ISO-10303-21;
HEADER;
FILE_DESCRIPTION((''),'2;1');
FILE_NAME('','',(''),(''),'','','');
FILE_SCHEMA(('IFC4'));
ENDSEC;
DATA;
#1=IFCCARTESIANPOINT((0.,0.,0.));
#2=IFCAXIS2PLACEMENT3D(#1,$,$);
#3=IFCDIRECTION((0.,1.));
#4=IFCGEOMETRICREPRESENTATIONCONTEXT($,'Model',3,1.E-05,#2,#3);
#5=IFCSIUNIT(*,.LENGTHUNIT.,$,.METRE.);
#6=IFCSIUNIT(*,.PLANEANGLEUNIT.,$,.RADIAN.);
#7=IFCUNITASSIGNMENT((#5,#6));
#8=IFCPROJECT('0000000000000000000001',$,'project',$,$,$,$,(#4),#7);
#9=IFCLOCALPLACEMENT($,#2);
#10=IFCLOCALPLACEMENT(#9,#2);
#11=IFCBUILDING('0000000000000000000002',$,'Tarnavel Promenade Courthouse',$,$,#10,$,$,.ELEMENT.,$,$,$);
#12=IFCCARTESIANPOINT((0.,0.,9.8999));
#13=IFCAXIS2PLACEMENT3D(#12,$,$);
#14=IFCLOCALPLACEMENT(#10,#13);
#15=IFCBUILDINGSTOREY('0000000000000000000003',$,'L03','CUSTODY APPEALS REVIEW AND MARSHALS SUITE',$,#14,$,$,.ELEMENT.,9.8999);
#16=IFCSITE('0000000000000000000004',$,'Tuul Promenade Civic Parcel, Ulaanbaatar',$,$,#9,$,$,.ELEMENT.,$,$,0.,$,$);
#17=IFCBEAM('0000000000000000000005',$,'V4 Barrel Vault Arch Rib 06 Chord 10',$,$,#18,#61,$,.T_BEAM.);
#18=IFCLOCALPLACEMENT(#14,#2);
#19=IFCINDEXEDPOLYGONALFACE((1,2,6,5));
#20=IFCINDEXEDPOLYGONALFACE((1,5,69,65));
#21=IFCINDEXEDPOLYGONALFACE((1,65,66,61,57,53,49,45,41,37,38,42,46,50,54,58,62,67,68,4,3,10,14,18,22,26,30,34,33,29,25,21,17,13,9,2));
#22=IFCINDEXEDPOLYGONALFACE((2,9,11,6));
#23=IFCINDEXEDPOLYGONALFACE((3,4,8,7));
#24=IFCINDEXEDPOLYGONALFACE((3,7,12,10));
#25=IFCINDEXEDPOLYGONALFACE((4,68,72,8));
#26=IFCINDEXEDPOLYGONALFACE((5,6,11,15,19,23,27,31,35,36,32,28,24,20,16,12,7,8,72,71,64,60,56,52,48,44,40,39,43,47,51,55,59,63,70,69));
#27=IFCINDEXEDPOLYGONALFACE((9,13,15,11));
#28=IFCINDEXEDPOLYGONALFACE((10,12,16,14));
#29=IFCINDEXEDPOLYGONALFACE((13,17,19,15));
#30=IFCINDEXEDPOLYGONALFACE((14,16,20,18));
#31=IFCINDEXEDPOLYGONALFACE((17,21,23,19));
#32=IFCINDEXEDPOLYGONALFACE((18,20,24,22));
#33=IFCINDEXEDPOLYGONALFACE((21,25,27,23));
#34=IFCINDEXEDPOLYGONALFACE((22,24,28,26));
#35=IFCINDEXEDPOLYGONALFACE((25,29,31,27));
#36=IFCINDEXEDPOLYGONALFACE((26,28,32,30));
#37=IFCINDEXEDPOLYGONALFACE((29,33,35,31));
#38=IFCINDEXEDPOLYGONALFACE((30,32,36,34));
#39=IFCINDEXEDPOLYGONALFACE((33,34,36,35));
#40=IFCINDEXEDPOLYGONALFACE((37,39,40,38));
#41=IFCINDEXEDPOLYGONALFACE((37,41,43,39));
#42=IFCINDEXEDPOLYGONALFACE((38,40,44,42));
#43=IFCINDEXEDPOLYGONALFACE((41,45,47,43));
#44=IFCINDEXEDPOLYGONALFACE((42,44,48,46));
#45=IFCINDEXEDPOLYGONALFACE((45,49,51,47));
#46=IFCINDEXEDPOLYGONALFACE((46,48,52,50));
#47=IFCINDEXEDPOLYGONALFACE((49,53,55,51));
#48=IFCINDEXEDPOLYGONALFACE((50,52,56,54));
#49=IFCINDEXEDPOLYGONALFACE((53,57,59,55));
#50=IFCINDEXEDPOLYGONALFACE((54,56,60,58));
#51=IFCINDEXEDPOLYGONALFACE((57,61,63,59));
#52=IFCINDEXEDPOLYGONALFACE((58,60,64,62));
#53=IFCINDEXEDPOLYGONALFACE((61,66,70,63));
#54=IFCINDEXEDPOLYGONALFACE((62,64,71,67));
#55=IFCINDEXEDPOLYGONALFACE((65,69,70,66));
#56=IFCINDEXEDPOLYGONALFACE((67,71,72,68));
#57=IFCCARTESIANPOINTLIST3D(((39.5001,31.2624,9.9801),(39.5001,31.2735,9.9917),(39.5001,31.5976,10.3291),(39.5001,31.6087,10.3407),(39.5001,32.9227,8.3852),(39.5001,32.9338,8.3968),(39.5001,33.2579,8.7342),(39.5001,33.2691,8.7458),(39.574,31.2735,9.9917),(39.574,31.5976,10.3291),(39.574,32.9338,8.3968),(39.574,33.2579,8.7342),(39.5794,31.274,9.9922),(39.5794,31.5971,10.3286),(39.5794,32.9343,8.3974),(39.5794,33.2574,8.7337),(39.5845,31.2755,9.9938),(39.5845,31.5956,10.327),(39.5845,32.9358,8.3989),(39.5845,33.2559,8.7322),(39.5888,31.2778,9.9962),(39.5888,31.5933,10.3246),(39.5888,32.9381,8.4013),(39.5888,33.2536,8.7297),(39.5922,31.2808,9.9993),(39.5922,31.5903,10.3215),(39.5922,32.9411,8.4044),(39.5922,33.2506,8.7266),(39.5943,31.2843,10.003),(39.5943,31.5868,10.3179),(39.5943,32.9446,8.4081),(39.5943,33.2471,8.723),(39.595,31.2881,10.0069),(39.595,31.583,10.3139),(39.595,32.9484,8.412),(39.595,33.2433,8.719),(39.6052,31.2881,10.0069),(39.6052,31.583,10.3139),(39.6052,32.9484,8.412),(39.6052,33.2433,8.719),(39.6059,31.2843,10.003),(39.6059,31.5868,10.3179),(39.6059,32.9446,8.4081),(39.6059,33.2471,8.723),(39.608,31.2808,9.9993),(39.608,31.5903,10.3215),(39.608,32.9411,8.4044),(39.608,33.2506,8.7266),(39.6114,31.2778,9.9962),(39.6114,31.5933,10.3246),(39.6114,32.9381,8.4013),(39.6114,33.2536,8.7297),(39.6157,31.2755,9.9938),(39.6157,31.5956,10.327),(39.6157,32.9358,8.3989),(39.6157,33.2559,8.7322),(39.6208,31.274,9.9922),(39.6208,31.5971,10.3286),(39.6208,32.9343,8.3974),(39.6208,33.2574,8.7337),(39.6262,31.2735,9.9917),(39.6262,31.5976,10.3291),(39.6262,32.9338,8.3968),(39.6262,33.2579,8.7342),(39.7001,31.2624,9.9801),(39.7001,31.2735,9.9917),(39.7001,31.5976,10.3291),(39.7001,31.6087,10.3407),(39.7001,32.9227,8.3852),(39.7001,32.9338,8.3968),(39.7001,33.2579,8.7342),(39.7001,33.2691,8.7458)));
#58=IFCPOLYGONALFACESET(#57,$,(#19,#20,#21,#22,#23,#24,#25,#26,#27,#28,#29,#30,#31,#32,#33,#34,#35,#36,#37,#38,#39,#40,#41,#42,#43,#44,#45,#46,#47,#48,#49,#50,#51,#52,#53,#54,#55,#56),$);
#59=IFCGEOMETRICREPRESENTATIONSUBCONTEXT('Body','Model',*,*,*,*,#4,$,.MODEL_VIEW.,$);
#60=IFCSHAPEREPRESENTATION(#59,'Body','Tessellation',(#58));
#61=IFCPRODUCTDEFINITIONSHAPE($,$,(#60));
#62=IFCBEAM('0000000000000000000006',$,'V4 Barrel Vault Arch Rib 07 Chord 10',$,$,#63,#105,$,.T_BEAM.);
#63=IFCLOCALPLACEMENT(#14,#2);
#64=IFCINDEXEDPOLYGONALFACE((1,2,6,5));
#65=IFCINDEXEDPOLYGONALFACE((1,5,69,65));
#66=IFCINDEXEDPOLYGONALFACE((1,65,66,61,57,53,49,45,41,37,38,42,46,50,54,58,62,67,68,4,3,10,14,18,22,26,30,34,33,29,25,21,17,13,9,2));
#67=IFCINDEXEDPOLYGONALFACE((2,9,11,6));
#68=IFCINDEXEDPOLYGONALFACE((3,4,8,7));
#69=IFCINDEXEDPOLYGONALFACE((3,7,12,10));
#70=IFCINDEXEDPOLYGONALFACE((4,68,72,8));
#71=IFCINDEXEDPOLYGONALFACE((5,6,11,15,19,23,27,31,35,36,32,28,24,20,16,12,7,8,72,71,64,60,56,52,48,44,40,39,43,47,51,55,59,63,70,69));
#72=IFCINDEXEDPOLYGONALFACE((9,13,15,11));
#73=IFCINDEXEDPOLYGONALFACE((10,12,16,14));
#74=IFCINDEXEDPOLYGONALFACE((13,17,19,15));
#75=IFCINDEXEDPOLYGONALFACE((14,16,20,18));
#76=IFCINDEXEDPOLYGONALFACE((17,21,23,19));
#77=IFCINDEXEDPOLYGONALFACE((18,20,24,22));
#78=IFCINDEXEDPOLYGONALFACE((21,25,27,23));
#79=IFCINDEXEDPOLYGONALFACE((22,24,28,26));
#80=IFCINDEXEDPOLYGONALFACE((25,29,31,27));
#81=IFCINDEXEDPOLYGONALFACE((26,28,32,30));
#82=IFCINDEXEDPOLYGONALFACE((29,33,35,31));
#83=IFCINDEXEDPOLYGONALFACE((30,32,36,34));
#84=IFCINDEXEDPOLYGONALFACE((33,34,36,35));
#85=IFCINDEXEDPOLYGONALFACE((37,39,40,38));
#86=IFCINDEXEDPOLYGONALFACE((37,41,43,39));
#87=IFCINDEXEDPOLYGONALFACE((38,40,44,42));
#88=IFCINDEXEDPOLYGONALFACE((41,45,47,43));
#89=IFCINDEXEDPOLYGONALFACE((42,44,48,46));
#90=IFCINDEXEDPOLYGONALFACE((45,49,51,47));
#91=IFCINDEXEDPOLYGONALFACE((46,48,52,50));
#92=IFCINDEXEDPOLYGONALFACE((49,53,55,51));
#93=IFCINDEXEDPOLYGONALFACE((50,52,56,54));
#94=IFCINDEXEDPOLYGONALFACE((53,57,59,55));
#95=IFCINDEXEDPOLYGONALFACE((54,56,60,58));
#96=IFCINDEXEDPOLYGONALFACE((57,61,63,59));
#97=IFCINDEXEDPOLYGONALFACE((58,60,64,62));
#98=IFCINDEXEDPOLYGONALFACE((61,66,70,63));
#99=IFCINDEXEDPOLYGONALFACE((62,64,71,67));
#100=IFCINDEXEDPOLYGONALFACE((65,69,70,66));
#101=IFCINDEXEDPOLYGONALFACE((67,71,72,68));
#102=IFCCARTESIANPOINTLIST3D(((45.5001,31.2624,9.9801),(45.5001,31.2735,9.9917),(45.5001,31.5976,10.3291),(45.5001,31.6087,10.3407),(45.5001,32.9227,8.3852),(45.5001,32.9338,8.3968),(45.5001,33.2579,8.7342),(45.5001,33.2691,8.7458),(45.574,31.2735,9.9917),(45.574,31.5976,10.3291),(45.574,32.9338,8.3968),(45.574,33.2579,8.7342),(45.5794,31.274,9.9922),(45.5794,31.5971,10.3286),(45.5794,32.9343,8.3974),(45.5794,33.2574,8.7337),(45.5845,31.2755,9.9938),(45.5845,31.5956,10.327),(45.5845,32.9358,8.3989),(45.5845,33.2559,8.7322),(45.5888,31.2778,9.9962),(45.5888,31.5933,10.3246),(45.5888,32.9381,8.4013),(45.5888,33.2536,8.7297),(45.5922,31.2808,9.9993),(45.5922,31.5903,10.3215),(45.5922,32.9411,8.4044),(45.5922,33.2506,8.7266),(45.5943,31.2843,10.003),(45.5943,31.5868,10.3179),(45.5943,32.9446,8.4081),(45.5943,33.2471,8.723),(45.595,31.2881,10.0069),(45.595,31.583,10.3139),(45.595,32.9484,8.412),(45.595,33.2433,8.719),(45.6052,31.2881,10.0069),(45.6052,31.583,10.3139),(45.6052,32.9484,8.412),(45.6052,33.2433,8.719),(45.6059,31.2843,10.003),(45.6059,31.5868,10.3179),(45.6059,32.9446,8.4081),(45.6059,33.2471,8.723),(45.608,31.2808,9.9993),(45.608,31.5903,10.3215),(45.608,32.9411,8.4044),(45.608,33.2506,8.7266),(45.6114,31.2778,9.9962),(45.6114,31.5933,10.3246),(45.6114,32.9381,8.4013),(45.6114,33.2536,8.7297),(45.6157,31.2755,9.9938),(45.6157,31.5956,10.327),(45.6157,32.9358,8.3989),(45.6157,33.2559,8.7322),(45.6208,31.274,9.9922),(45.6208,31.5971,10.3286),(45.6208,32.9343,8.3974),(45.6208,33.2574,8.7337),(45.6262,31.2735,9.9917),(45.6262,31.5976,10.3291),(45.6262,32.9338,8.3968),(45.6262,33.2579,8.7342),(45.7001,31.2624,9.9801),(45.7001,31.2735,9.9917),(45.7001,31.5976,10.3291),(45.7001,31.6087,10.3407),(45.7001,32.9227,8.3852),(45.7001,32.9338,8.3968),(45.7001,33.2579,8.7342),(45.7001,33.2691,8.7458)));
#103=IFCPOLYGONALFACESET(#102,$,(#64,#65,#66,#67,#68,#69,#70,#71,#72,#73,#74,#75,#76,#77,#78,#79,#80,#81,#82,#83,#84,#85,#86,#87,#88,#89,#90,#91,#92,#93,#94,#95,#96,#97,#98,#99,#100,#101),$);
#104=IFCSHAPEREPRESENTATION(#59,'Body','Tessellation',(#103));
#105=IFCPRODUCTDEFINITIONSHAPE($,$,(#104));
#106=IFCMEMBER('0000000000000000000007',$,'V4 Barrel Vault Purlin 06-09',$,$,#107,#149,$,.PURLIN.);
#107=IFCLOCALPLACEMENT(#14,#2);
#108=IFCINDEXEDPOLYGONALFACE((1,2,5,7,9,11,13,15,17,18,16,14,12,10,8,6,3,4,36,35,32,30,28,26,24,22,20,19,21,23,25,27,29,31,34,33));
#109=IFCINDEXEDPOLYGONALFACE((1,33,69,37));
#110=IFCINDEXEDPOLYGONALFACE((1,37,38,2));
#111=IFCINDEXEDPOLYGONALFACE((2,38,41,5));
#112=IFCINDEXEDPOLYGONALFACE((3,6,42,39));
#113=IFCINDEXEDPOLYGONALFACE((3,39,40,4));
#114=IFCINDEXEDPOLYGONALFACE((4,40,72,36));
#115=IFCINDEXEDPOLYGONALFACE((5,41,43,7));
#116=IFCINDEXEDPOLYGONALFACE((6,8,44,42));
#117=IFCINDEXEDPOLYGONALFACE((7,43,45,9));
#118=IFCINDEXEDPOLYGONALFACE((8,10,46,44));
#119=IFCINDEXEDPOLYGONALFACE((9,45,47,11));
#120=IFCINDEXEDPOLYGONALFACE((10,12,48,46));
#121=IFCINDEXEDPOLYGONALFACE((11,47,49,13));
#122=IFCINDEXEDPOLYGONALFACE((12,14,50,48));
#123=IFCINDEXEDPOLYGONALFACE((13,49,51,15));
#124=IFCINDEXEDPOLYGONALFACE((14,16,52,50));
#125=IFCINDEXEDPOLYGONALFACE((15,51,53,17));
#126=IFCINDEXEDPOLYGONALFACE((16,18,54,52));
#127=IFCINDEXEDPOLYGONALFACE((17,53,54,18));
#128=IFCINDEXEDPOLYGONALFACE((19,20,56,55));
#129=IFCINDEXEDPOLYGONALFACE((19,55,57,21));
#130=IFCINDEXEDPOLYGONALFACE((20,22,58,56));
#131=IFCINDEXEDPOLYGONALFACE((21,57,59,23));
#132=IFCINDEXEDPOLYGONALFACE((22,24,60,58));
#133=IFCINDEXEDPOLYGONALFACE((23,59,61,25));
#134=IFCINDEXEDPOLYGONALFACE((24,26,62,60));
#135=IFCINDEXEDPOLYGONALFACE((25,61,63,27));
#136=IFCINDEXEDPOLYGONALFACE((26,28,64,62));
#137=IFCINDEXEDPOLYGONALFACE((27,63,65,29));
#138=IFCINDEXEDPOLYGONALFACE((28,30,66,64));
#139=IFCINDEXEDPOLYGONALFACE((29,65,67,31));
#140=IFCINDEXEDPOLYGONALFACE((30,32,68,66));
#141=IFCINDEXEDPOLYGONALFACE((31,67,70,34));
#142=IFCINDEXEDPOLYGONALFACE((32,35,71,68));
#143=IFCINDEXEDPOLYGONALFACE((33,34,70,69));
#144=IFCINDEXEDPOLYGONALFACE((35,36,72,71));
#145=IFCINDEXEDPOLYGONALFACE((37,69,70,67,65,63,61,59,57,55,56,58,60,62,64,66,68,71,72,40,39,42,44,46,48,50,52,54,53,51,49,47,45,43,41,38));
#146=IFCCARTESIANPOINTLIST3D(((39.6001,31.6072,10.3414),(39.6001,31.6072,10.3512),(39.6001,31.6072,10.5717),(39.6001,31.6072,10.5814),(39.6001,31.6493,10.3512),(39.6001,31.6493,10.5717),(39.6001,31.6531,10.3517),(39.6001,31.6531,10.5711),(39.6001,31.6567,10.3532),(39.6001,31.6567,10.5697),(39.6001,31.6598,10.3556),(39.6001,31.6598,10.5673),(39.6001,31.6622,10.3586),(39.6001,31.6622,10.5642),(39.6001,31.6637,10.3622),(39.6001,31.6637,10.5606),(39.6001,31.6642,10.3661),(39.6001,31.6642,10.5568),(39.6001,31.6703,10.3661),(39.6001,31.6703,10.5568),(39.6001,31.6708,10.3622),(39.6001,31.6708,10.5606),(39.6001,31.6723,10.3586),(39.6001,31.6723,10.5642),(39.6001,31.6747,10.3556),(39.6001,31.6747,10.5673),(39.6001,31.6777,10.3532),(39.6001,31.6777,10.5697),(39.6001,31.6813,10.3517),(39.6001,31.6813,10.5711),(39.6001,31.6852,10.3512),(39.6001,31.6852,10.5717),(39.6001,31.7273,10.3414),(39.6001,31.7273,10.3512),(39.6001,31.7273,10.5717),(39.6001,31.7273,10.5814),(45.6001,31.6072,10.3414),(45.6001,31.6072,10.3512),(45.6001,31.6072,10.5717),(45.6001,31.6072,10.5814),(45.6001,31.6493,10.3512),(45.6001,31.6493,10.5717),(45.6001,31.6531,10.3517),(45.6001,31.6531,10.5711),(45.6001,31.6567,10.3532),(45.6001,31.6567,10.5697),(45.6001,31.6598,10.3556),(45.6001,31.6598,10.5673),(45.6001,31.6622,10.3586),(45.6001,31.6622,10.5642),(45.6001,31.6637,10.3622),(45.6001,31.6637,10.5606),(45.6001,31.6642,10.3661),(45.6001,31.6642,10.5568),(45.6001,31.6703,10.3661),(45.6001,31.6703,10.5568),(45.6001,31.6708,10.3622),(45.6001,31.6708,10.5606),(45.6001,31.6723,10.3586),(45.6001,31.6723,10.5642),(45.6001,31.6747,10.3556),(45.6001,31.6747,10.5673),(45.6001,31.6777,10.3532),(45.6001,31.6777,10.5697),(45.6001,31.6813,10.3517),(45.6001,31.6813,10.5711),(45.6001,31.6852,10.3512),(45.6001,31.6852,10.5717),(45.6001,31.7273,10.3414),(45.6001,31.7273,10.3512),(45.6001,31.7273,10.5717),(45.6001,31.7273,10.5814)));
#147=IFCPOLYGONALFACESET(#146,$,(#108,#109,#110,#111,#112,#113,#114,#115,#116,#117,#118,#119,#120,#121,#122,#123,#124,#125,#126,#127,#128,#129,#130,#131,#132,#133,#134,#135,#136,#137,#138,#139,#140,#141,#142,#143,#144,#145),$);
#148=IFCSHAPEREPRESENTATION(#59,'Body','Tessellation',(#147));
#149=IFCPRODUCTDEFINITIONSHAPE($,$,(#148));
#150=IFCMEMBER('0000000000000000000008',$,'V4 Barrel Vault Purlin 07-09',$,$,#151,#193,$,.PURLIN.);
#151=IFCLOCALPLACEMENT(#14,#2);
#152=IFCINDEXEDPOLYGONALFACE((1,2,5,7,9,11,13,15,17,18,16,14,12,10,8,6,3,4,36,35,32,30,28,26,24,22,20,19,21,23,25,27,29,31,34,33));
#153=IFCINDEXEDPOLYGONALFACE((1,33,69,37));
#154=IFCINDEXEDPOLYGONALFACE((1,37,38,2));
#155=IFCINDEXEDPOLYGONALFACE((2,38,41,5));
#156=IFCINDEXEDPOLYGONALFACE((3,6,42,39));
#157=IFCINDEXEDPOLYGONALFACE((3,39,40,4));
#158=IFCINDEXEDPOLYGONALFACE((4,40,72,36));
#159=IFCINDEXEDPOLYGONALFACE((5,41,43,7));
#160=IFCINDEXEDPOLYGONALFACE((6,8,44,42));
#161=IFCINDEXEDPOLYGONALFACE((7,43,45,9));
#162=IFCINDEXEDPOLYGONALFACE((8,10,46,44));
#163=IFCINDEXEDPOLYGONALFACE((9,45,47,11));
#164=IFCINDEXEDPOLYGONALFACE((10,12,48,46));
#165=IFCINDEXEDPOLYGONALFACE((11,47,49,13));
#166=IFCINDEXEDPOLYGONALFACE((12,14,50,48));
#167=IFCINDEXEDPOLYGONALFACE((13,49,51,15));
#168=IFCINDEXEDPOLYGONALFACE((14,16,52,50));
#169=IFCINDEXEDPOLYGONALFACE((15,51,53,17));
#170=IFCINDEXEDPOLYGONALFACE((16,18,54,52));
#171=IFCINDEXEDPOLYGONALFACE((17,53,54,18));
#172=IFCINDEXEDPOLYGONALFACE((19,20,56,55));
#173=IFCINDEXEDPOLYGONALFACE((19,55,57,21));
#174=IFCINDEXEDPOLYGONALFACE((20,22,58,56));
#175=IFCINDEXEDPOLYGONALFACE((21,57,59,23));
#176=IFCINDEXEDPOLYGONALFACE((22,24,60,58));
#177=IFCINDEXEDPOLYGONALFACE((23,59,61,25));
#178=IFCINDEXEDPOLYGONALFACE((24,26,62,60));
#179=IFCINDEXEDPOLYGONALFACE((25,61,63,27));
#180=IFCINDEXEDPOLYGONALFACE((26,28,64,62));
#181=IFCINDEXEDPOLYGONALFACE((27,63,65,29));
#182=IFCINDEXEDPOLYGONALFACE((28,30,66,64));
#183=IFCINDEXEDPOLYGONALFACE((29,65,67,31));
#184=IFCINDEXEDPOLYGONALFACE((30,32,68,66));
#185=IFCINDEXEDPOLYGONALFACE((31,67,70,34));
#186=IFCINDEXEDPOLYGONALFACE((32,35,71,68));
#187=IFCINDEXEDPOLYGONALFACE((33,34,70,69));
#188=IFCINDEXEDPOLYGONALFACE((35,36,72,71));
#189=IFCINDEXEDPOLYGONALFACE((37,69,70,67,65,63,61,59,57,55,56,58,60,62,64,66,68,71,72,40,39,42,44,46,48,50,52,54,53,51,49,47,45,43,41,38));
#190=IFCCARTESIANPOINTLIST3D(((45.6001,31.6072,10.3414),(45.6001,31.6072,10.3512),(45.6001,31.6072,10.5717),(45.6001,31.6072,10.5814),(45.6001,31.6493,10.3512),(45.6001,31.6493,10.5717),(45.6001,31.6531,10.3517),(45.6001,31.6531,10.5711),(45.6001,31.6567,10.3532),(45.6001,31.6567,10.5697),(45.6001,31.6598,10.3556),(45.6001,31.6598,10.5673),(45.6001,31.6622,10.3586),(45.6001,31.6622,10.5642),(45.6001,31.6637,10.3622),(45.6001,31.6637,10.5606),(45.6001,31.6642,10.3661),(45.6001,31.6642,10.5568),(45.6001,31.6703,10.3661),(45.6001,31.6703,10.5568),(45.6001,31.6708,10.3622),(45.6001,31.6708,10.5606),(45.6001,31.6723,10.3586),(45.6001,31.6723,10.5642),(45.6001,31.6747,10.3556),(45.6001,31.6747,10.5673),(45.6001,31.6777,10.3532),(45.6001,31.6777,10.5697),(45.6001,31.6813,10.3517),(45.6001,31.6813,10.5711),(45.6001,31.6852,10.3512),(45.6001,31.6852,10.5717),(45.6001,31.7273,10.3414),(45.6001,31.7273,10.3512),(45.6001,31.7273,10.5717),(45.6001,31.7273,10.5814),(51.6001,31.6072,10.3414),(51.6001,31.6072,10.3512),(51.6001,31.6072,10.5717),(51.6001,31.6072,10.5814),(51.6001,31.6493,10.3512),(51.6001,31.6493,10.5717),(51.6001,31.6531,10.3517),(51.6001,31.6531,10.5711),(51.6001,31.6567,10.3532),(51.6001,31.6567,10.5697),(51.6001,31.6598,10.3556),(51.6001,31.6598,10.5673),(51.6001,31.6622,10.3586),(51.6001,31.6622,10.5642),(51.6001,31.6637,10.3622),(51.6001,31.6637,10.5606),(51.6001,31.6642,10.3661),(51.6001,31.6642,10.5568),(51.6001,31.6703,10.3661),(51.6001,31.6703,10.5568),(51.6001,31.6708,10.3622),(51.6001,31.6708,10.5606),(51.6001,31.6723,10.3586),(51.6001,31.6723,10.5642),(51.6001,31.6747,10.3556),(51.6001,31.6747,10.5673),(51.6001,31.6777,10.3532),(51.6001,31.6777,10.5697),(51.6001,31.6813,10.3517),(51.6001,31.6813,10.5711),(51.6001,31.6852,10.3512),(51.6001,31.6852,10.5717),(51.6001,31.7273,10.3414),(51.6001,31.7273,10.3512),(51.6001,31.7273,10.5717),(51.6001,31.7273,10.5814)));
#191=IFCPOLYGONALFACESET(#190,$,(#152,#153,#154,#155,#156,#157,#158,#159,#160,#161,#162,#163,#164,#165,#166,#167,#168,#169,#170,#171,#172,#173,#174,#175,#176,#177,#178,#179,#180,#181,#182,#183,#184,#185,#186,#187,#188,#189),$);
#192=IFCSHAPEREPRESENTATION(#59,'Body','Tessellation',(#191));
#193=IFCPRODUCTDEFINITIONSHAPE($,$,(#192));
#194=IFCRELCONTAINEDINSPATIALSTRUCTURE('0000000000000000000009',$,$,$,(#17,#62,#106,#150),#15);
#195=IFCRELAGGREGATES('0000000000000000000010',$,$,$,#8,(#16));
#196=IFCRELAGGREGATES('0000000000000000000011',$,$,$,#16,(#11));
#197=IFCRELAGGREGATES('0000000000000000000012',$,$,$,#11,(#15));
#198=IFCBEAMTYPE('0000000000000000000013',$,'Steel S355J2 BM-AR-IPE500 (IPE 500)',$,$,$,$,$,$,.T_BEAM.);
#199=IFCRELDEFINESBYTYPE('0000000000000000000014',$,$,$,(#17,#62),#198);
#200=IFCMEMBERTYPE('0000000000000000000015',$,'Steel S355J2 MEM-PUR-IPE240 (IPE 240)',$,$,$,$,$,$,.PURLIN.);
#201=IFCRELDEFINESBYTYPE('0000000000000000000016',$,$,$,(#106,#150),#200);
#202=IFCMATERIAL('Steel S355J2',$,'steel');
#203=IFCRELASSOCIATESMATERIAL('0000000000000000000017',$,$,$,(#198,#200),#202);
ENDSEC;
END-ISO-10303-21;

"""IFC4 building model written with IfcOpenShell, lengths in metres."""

from ifc_helpers import new_model, si_unit, direction, frame, origin, origin_2d, place, context, subcontext, project, spatial, i_section, extrude, material, material_profile, profile_set, type_object, element, save


model = new_model("IFC4")

# Units and contexts
model_context = context("Model", 3, precision=1e-05, world=origin(), true_north=direction((0.0, 1.0)))
body_context = subcontext(model_context, "Body", "Model", "MODEL_VIEW")
ifc_project = project(units=[si_unit("LENGTHUNIT", "METRE"), si_unit("PLANEANGLEUNIT", "RADIAN")], contexts=[model_context])

# Site, building, storey
site_placement = place(None, origin())
site = spatial("IfcSite", under=ifc_project, at=site_placement, Name="Tuul Promenade Civic Parcel, Ulaanbaatar", CompositionType="ELEMENT", RefElevation=0.0)
building_placement = place(site_placement, origin())
building = spatial("IfcBuilding", under=site, at=building_placement, Name="Tarnavel Promenade Courthouse", CompositionType="ELEMENT")
storey_placement = place(building_placement, frame((0.0, 0.0, 9.8999)))
storey = spatial("IfcBuildingStorey", under=building, at=storey_placement, Name="L03", Description="CUSTODY APPEALS REVIEW AND MARSHALS SUITE", CompositionType="ELEMENT", Elevation=9.8999)

# Beams
ifc_material_1 = material(Name="Steel S355J2", Category="steel")
ifc_material_profile_1 = material_profile(ifc_material_1, i_section(OverallWidth=0.2, OverallDepth=0.5, WebThickness=0.0103, FlangeThickness=0.0161, FilletRadius=0.021, at=origin_2d()), Name="IPE 500")
ifc_profile_set_1 = profile_set([ifc_material_profile_1], Name="Steel S355J2")
beam_type = type_object("IfcBeamType", Name="Steel S355J2 BM-AR-IPE500 (IPE 500)", PredefinedType="T_BEAM", material=ifc_profile_set_1)
for number, where, z_axis, x_axis, name in (
    (1, (39.6001, 31.4355, 10.1604), (0.0, 0.721173, -0.692755), (-1.0, 0.0, 0.0), "V4 Barrel Vault Arch Rib 06 Chord 10"),
    (2, (45.6001, 31.4355, 10.1604), (0.0, 0.721173, -0.692755), (-1.0, 0.0, 0.0), "V4 Barrel Vault Arch Rib 07 Chord 10"),
):
    element("IfcBeam", number, at=place(storey_placement, frame(where, z_axis=z_axis, x_axis=x_axis)), inside=storey, type_object=beam_type, Name=name, PredefinedType="T_BEAM", context=body_context, shape_type="SweptSolid", body=[
        extrude(i_section(OverallWidth=0.2, OverallDepth=0.5, WebThickness=0.0103, FlangeThickness=0.0161, FilletRadius=0.021, at=origin_2d()), origin(), (0.0, 0.0, 1.0), 2.3022),
    ])

# Members
ifc_material_profile_2 = material_profile(ifc_material_1, i_section(OverallWidth=0.1201, OverallDepth=0.24, WebThickness=0.0061, FlangeThickness=0.0098, FilletRadius=0.0149, at=origin_2d()), Name="IPE 240")
ifc_profile_set_2 = profile_set([ifc_material_profile_2], Name="Steel S355J2")
member_type_1 = type_object("IfcMemberType", Name="Steel S355J2 MEM-PUR-IPE240 (IPE 240)", PredefinedType="PURLIN", material=ifc_profile_set_2)
for number, where, z_axis, x_axis, name in (
    (3, (39.6001, 31.6672, 10.4614), (1.0, 0.0, 0.0), (0.0, 1.0, 0.0), "V4 Barrel Vault Purlin 06-09"),
    (4, (45.6001, 31.6672, 10.4614), (1.0, 0.0, 0.0), (0.0, 1.0, 0.0), "V4 Barrel Vault Purlin 07-09"),
):
    element("IfcMember", number, at=place(storey_placement, frame(where, z_axis=z_axis, x_axis=x_axis)), inside=storey, type_object=member_type_1, Name=name, PredefinedType="PURLIN", context=body_context, shape_type="SweptSolid", body=[
        extrude(i_section(OverallWidth=0.1201, OverallDepth=0.24, WebThickness=0.0061, FlangeThickness=0.0098, FilletRadius=0.0149, at=origin_2d()), origin(), (0.0, 0.0, 1.0), 6.0),
    ])

save(model, "model.ifc")
